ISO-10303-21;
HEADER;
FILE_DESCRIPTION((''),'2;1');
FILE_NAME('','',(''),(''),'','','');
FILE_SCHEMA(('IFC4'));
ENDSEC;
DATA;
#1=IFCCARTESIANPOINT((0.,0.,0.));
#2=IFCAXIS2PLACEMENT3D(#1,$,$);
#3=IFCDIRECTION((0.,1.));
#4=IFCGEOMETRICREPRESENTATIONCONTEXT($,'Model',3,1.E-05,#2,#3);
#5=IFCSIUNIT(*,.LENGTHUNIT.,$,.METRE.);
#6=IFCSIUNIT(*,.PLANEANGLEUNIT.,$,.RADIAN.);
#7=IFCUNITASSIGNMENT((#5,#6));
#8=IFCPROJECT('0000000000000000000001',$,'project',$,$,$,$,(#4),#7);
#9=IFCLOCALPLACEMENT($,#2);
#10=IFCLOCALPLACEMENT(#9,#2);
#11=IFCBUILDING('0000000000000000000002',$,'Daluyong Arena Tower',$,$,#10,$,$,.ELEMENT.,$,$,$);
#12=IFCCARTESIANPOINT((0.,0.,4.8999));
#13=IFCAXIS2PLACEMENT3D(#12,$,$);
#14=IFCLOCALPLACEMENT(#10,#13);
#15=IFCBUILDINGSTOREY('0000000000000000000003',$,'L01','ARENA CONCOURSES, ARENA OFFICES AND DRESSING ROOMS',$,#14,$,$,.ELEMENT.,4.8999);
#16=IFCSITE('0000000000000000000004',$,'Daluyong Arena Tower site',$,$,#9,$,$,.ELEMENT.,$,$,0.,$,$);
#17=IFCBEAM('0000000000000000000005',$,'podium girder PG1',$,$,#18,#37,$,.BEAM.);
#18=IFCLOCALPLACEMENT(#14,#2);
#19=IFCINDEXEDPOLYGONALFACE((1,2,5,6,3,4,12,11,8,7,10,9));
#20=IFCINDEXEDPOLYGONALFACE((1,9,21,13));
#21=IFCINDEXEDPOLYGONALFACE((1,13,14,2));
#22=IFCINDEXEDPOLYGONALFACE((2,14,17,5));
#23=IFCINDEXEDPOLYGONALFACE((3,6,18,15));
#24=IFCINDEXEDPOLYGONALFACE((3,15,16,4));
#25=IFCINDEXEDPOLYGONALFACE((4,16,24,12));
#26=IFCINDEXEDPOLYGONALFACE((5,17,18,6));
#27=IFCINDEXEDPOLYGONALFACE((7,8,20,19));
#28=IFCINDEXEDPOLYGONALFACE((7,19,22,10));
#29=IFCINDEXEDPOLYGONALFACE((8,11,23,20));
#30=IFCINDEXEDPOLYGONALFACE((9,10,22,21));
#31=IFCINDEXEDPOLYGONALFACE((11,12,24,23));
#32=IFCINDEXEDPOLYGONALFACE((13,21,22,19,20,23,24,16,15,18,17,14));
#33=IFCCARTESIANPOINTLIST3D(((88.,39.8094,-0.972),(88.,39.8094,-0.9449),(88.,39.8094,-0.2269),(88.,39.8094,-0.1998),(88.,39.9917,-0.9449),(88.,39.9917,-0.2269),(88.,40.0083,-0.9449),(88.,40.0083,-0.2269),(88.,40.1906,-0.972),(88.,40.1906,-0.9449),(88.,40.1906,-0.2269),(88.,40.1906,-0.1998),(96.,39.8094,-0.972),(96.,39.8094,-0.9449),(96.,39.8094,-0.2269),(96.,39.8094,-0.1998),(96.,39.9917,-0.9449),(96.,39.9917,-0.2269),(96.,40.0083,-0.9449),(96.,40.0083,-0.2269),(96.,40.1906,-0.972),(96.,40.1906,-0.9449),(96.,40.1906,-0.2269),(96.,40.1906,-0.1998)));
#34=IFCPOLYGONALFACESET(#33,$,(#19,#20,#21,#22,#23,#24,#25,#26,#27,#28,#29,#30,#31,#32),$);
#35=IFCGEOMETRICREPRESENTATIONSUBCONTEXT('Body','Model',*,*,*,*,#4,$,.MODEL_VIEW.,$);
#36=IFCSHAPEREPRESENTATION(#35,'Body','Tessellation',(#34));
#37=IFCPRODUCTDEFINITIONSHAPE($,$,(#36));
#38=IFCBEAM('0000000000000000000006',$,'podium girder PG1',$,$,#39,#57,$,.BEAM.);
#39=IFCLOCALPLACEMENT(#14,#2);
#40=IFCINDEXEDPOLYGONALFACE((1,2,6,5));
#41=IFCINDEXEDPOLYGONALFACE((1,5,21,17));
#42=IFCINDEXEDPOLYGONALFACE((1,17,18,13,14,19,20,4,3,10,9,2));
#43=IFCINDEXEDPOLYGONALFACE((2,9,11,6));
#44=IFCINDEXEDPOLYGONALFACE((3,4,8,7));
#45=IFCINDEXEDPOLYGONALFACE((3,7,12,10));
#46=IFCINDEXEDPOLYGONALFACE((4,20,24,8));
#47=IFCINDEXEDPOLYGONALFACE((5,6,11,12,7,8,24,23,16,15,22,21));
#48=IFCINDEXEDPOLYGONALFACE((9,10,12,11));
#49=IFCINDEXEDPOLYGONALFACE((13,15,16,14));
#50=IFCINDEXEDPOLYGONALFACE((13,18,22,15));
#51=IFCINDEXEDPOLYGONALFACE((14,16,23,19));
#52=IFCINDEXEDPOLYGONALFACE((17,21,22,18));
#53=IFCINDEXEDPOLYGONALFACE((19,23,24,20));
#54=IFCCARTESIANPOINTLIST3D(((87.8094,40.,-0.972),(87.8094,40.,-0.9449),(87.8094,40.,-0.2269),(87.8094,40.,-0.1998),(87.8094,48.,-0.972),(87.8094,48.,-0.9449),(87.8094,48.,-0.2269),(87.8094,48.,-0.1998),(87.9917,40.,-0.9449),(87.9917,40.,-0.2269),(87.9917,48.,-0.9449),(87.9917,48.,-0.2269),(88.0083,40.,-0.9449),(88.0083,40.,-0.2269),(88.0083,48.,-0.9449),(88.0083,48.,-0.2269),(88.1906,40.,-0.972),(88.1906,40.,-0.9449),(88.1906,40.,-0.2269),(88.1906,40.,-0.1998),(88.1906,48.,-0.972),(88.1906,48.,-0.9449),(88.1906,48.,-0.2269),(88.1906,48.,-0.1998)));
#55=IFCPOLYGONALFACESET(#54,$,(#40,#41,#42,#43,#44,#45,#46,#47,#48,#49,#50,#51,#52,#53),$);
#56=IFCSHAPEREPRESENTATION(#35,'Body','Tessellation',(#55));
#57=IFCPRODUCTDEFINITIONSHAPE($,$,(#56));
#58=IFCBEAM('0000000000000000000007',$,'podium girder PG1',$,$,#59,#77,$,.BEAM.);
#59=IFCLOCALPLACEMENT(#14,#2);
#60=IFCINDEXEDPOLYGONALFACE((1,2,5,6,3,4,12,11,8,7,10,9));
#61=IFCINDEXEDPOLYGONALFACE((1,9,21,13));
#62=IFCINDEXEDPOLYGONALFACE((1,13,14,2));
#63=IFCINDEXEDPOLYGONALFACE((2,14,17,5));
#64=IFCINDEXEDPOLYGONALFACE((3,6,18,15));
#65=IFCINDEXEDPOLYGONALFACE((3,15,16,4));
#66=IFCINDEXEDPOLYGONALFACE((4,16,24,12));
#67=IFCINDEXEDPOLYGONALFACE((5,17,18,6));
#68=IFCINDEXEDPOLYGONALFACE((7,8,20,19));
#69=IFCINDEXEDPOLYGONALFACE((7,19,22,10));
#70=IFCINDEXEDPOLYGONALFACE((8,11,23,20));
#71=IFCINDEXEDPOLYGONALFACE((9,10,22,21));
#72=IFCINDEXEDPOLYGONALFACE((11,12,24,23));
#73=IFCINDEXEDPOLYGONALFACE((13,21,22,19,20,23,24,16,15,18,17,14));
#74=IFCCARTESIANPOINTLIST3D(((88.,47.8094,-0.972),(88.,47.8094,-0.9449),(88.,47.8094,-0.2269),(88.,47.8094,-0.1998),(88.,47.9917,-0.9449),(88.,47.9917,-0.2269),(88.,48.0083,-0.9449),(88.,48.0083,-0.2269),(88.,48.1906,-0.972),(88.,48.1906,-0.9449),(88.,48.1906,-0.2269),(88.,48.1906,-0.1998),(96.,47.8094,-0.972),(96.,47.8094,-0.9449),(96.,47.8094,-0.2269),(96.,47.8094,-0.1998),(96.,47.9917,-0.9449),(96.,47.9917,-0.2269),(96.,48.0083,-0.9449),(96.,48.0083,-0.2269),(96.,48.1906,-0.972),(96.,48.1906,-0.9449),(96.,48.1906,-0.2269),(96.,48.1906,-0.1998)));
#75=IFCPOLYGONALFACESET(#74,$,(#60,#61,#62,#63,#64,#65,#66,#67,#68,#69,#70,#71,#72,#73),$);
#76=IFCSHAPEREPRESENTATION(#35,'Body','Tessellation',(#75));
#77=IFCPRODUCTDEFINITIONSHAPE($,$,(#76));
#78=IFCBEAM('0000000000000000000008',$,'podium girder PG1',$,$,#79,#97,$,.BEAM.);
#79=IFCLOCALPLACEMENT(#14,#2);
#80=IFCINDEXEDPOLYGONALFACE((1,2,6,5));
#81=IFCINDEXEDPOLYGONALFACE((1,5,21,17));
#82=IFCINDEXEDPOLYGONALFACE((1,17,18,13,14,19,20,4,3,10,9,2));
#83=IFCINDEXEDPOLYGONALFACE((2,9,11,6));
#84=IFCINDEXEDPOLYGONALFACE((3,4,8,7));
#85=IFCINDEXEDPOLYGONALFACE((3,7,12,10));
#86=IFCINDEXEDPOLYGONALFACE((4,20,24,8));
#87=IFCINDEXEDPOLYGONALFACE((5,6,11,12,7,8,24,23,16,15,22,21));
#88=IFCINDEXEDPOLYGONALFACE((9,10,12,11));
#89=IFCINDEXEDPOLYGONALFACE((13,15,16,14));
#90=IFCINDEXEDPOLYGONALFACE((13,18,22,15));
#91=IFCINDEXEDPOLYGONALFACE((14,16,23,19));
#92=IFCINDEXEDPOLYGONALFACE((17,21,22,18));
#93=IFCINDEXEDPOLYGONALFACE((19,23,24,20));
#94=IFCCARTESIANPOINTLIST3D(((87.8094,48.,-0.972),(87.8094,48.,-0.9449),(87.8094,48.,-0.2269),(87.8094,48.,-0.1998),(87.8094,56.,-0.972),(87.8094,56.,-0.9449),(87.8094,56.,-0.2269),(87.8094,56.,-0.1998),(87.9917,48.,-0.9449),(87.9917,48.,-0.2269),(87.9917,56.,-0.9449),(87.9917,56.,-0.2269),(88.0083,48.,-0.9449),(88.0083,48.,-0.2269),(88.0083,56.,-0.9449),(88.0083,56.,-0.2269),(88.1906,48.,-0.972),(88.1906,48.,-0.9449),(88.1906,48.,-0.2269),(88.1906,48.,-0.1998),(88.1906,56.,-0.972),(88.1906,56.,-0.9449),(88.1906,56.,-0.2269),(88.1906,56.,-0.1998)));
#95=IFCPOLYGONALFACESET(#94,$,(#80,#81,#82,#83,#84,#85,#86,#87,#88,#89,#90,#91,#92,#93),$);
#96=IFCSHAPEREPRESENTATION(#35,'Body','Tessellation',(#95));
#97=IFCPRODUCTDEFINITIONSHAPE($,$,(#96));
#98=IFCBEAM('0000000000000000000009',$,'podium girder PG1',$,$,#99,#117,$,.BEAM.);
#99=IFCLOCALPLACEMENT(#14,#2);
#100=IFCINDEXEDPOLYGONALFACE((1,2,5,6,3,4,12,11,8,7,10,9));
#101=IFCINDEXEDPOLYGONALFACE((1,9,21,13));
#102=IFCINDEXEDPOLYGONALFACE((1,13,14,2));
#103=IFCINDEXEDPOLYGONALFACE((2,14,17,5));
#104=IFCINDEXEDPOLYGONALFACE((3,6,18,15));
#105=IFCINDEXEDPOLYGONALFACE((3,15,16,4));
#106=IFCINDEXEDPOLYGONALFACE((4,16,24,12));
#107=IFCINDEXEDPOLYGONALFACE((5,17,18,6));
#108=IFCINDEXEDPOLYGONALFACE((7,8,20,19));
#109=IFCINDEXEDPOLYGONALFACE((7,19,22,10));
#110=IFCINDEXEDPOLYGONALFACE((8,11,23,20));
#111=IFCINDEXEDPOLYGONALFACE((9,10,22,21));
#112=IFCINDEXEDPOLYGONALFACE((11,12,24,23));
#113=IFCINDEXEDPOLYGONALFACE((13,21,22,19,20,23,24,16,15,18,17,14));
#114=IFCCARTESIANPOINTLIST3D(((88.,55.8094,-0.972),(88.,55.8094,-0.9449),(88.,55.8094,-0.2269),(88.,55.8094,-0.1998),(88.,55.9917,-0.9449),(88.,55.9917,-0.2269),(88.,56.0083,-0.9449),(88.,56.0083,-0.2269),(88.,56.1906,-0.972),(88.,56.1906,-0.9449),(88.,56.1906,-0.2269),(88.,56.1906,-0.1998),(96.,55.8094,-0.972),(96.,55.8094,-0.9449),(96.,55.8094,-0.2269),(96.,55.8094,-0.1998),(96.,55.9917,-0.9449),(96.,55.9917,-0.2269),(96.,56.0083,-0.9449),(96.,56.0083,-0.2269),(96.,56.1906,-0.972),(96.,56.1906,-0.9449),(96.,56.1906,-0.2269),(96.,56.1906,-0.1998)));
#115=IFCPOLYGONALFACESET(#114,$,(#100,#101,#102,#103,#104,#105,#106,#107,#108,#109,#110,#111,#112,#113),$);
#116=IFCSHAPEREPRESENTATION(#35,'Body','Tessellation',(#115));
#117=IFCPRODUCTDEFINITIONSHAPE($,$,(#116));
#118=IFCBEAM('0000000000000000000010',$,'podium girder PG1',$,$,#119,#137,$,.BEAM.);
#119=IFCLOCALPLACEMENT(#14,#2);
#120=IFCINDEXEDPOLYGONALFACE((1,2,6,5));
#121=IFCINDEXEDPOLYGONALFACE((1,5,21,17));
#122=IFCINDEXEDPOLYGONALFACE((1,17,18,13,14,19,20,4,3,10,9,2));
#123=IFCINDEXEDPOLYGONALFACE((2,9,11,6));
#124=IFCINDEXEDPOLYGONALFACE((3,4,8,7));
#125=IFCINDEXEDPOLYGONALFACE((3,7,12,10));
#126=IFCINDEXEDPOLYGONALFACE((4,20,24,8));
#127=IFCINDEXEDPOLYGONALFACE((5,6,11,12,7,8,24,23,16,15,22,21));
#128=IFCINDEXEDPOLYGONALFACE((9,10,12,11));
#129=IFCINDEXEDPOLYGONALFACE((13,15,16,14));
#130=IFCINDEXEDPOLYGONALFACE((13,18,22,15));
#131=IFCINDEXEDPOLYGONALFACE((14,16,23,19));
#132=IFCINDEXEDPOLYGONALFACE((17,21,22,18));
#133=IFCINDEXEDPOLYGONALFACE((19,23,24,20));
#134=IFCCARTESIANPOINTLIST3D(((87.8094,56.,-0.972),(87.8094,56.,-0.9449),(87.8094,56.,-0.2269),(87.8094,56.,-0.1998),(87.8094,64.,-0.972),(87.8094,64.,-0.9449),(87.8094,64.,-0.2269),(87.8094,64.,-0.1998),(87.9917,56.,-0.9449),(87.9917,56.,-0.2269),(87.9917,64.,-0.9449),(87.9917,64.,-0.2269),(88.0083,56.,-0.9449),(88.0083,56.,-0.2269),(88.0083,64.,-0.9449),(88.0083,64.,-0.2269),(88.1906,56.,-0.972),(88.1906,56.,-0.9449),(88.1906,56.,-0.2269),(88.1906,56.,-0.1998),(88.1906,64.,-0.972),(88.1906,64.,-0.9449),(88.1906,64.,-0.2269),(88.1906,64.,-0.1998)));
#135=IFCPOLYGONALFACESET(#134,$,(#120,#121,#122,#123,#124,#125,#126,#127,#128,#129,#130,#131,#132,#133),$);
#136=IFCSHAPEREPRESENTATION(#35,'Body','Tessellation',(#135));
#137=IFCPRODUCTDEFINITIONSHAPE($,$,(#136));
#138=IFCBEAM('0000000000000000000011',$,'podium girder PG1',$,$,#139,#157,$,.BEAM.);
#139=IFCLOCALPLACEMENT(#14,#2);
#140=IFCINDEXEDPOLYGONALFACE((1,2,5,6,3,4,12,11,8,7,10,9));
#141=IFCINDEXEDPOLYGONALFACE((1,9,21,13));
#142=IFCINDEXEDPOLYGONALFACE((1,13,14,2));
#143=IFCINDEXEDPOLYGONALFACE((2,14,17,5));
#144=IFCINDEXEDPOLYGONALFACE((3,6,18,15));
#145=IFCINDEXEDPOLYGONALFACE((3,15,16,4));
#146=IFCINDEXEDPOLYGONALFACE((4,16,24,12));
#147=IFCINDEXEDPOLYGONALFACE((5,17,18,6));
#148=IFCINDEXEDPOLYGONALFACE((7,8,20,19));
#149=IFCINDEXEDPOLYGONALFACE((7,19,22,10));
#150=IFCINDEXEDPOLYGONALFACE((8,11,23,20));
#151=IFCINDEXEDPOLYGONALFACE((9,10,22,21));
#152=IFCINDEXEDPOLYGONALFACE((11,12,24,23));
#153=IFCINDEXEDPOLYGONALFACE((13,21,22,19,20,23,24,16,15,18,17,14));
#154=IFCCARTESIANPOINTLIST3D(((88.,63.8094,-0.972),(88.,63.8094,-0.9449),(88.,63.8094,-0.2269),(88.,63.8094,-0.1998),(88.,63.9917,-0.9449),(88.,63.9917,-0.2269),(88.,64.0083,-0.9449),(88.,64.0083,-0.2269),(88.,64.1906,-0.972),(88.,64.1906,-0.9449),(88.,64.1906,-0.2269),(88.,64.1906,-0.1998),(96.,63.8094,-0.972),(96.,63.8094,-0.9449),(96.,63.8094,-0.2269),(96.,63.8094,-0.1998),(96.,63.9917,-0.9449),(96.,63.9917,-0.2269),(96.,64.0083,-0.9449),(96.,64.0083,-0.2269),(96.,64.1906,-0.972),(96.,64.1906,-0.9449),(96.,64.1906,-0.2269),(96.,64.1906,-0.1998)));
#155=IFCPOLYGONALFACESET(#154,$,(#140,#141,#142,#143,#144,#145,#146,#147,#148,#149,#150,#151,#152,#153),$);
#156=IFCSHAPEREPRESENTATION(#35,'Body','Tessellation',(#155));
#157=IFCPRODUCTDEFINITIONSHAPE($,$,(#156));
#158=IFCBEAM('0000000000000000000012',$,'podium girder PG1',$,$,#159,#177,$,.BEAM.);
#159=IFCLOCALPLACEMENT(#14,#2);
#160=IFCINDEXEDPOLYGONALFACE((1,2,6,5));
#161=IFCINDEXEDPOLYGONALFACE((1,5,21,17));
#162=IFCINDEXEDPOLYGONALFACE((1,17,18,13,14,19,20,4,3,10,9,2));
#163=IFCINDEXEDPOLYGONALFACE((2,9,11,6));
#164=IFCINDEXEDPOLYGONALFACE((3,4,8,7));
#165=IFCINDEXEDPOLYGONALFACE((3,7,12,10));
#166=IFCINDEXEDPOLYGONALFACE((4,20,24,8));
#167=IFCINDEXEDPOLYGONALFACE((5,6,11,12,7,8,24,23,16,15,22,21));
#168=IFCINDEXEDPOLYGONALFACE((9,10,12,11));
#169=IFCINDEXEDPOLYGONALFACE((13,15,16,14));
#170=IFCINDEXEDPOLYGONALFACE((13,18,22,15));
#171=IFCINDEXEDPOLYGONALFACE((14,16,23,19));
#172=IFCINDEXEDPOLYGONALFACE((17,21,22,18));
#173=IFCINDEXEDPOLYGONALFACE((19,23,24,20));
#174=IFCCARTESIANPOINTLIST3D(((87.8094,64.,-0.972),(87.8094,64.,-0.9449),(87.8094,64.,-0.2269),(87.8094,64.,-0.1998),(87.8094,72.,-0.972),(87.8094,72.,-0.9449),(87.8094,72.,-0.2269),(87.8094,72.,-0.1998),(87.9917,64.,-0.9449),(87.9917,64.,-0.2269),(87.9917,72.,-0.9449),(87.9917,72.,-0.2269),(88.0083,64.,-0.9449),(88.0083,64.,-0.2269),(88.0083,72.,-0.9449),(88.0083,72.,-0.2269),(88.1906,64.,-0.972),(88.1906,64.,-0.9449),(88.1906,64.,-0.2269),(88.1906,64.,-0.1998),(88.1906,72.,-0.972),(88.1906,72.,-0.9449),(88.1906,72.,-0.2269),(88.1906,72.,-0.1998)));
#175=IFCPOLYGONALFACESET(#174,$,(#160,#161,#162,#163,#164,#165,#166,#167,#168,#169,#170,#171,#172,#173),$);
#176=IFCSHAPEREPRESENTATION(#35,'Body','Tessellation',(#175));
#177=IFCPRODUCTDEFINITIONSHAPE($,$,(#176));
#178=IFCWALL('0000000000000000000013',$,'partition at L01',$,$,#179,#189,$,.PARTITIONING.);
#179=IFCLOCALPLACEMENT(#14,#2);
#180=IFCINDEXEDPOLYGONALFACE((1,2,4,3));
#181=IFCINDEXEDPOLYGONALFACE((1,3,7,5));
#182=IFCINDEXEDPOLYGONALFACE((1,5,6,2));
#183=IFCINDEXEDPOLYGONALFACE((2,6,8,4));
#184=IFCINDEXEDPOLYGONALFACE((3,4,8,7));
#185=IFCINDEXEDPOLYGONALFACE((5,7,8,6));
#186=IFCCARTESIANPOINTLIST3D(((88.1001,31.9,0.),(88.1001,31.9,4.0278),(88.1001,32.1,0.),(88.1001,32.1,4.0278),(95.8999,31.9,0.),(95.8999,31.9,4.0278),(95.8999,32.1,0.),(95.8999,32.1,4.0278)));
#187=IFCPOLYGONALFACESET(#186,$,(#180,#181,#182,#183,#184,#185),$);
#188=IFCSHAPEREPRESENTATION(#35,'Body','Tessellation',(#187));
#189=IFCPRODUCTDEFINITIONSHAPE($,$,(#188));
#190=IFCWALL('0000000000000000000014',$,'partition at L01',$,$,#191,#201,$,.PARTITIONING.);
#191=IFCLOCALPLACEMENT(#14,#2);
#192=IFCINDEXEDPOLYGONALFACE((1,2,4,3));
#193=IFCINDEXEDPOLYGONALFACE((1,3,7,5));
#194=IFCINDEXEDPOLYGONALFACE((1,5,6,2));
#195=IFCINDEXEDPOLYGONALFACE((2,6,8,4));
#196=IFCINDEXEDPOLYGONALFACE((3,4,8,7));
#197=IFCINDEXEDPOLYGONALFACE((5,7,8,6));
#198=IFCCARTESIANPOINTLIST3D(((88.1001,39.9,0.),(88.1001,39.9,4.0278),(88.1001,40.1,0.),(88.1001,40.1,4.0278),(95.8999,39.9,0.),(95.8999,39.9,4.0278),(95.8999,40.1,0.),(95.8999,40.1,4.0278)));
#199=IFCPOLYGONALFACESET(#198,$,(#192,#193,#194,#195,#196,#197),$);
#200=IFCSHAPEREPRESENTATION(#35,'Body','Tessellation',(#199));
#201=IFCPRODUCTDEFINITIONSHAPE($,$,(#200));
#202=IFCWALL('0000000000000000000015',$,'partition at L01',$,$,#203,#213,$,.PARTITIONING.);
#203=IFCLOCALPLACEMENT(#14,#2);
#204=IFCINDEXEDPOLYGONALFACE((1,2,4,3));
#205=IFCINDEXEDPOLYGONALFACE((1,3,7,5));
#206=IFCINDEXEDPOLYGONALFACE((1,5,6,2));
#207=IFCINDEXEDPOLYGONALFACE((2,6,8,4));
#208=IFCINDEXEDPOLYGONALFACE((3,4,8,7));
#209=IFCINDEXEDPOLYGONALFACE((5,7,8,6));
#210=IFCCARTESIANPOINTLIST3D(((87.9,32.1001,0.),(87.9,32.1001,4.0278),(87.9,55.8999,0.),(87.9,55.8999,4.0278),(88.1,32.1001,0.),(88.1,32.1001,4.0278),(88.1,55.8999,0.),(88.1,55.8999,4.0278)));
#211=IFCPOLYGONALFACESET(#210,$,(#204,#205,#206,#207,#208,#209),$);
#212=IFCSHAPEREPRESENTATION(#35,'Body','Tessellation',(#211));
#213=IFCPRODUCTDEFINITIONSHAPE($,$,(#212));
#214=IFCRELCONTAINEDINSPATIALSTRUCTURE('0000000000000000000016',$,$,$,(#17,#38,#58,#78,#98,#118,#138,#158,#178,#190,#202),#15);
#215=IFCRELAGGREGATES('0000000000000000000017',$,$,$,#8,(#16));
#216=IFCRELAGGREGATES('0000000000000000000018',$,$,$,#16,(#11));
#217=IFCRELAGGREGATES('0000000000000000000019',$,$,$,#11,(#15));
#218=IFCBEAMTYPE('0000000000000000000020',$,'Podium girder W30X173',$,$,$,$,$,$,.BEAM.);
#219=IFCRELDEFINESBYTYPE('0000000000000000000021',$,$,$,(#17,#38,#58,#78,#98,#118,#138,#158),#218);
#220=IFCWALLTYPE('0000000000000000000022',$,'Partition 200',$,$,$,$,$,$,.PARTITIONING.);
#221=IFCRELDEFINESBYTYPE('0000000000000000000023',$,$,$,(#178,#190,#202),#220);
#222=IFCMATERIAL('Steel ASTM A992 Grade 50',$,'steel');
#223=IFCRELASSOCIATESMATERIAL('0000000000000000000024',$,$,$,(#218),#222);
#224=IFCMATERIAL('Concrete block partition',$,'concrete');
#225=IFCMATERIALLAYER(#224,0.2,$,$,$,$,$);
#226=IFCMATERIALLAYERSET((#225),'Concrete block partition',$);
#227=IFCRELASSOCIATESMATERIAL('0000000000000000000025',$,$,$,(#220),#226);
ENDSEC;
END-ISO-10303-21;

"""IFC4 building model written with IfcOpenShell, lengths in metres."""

from ifc_helpers import new_model, si_unit, direction, frame, frame_2d, origin, origin_2d, place, context, subcontext, project, spatial, rectangle, i_section, extrude, material, layer, layer_set, material_profile, profile_set, type_object, element, save


model = new_model("IFC4")

# Units and contexts
model_context = context("Model", 3, precision=1e-05, world=origin(), true_north=direction((0.0, 1.0)))
body_context = subcontext(model_context, "Body", "Model", "MODEL_VIEW")
ifc_project = project(units=[si_unit("LENGTHUNIT", "METRE"), si_unit("PLANEANGLEUNIT", "RADIAN")], contexts=[model_context])

# Site, building, storey
site_placement = place(None, origin())
site = spatial("IfcSite", under=ifc_project, at=site_placement, Name="Daluyong Arena Tower site", CompositionType="ELEMENT", RefElevation=0.0)
building_placement = place(site_placement, origin())
building = spatial("IfcBuilding", under=site, at=building_placement, Name="Daluyong Arena Tower", CompositionType="ELEMENT")
storey_placement = place(building_placement, frame((0.0, 0.0, 4.8999)))
storey = spatial("IfcBuildingStorey", under=building, at=storey_placement, Name="L01", Description="ARENA CONCOURSES, ARENA OFFICES AND DRESSING ROOMS", CompositionType="ELEMENT", Elevation=4.8999)

# Beams
ifc_material_1 = material(Name="Steel ASTM A992 Grade 50", Category="steel")
ifc_material_profile_1 = material_profile(ifc_material_1, i_section(OverallWidth=0.3811, OverallDepth=0.7722, WebThickness=0.0166, FlangeThickness=0.0271, at=origin_2d()))
ifc_profile_set_1 = profile_set([ifc_material_profile_1], Name="Steel ASTM A992 Grade 50")
beam_type_1 = type_object("IfcBeamType", Name="Podium girder W30X173", PredefinedType="BEAM", material=ifc_profile_set_1)
for number, where, z_axis, x_axis, name in (
    (1, (88.0, 40.0, -0.5859), (1.0, 0.0, 0.0), (0.0, 1.0, 0.0), "podium girder PG1"),
    (2, (88.0, 40.0, -0.5859), (0.0, 1.0, 0.0), (-1.0, 0.0, 0.0), "podium girder PG1"),
    (3, (88.0, 48.0, -0.5859), (1.0, 0.0, 0.0), (0.0, 1.0, 0.0), "podium girder PG1"),
    (4, (88.0, 48.0, -0.5859), (0.0, 1.0, 0.0), (-1.0, 0.0, 0.0), "podium girder PG1"),
    (5, (88.0, 56.0, -0.5859), (1.0, 0.0, 0.0), (0.0, 1.0, 0.0), "podium girder PG1"),
    (6, (88.0, 56.0, -0.5859), (0.0, 1.0, 0.0), (-1.0, 0.0, 0.0), "podium girder PG1"),
    (7, (88.0, 64.0, -0.5859), (1.0, 0.0, 0.0), (0.0, 1.0, 0.0), "podium girder PG1"),
    (8, (88.0, 64.0, -0.5859), (0.0, 1.0, 0.0), (-1.0, 0.0, 0.0), "podium girder PG1"),
):
    element("IfcBeam", number, at=place(storey_placement, frame(where, z_axis=z_axis, x_axis=x_axis)), inside=storey, type_object=beam_type_1, Name=name, PredefinedType="BEAM", context=body_context, shape_type="SweptSolid", body=[
        extrude(i_section(OverallWidth=0.3811, OverallDepth=0.7722, WebThickness=0.0166, FlangeThickness=0.0271, at=origin_2d()), origin(), (0.0, 0.0, 1.0), 8.0),
    ])

# Walls
ifc_material_2 = material(Name="Concrete block partition", Category="concrete")
ifc_layer = layer(ifc_material_2, 0.2)
ifc_layer_set = layer_set([ifc_layer], Name="Concrete block partition")
wall_type = type_object("IfcWallType", Name="Partition 200", PredefinedType="PARTITIONING", material=ifc_layer_set)
for number, where, z_axis, x_axis, name in (
    (9, (88.1001, 32.0, 0.0), (0.0, 0.0, 1.0), (1.0, 0.0, 0.0), "partition at L01"),
    (10, (88.1001, 40.0, 0.0), (0.0, 0.0, 1.0), (1.0, 0.0, 0.0), "partition at L01"),
):
    element("IfcWall", number, at=place(storey_placement, frame(where, z_axis=z_axis, x_axis=x_axis)), inside=storey, type_object=wall_type, Name=name, PredefinedType="PARTITIONING", context=body_context, shape_type="SweptSolid", body=[
        extrude(rectangle(XDim=7.7998, YDim=0.2, at=frame_2d((3.8999, 0.0))), origin(), (0.0, 0.0, 1.0), 4.0278),
    ])
wall_placement = place(storey_placement, frame((88.0, 32.1001, 0.0), z_axis=(0.0, 0.0, 1.0), x_axis=(0.0, 1.0, 0.0)))
element("IfcWall", 11, at=wall_placement, inside=storey, type_object=wall_type, Name="partition at L01", PredefinedType="PARTITIONING", context=body_context, shape_type="SweptSolid", body=[
    extrude(rectangle(XDim=23.7998, YDim=0.2, at=frame_2d((11.8999, 0.0))), origin(), (0.0, 0.0, 1.0), 4.0278),
])

save(model, "model.ifc")
